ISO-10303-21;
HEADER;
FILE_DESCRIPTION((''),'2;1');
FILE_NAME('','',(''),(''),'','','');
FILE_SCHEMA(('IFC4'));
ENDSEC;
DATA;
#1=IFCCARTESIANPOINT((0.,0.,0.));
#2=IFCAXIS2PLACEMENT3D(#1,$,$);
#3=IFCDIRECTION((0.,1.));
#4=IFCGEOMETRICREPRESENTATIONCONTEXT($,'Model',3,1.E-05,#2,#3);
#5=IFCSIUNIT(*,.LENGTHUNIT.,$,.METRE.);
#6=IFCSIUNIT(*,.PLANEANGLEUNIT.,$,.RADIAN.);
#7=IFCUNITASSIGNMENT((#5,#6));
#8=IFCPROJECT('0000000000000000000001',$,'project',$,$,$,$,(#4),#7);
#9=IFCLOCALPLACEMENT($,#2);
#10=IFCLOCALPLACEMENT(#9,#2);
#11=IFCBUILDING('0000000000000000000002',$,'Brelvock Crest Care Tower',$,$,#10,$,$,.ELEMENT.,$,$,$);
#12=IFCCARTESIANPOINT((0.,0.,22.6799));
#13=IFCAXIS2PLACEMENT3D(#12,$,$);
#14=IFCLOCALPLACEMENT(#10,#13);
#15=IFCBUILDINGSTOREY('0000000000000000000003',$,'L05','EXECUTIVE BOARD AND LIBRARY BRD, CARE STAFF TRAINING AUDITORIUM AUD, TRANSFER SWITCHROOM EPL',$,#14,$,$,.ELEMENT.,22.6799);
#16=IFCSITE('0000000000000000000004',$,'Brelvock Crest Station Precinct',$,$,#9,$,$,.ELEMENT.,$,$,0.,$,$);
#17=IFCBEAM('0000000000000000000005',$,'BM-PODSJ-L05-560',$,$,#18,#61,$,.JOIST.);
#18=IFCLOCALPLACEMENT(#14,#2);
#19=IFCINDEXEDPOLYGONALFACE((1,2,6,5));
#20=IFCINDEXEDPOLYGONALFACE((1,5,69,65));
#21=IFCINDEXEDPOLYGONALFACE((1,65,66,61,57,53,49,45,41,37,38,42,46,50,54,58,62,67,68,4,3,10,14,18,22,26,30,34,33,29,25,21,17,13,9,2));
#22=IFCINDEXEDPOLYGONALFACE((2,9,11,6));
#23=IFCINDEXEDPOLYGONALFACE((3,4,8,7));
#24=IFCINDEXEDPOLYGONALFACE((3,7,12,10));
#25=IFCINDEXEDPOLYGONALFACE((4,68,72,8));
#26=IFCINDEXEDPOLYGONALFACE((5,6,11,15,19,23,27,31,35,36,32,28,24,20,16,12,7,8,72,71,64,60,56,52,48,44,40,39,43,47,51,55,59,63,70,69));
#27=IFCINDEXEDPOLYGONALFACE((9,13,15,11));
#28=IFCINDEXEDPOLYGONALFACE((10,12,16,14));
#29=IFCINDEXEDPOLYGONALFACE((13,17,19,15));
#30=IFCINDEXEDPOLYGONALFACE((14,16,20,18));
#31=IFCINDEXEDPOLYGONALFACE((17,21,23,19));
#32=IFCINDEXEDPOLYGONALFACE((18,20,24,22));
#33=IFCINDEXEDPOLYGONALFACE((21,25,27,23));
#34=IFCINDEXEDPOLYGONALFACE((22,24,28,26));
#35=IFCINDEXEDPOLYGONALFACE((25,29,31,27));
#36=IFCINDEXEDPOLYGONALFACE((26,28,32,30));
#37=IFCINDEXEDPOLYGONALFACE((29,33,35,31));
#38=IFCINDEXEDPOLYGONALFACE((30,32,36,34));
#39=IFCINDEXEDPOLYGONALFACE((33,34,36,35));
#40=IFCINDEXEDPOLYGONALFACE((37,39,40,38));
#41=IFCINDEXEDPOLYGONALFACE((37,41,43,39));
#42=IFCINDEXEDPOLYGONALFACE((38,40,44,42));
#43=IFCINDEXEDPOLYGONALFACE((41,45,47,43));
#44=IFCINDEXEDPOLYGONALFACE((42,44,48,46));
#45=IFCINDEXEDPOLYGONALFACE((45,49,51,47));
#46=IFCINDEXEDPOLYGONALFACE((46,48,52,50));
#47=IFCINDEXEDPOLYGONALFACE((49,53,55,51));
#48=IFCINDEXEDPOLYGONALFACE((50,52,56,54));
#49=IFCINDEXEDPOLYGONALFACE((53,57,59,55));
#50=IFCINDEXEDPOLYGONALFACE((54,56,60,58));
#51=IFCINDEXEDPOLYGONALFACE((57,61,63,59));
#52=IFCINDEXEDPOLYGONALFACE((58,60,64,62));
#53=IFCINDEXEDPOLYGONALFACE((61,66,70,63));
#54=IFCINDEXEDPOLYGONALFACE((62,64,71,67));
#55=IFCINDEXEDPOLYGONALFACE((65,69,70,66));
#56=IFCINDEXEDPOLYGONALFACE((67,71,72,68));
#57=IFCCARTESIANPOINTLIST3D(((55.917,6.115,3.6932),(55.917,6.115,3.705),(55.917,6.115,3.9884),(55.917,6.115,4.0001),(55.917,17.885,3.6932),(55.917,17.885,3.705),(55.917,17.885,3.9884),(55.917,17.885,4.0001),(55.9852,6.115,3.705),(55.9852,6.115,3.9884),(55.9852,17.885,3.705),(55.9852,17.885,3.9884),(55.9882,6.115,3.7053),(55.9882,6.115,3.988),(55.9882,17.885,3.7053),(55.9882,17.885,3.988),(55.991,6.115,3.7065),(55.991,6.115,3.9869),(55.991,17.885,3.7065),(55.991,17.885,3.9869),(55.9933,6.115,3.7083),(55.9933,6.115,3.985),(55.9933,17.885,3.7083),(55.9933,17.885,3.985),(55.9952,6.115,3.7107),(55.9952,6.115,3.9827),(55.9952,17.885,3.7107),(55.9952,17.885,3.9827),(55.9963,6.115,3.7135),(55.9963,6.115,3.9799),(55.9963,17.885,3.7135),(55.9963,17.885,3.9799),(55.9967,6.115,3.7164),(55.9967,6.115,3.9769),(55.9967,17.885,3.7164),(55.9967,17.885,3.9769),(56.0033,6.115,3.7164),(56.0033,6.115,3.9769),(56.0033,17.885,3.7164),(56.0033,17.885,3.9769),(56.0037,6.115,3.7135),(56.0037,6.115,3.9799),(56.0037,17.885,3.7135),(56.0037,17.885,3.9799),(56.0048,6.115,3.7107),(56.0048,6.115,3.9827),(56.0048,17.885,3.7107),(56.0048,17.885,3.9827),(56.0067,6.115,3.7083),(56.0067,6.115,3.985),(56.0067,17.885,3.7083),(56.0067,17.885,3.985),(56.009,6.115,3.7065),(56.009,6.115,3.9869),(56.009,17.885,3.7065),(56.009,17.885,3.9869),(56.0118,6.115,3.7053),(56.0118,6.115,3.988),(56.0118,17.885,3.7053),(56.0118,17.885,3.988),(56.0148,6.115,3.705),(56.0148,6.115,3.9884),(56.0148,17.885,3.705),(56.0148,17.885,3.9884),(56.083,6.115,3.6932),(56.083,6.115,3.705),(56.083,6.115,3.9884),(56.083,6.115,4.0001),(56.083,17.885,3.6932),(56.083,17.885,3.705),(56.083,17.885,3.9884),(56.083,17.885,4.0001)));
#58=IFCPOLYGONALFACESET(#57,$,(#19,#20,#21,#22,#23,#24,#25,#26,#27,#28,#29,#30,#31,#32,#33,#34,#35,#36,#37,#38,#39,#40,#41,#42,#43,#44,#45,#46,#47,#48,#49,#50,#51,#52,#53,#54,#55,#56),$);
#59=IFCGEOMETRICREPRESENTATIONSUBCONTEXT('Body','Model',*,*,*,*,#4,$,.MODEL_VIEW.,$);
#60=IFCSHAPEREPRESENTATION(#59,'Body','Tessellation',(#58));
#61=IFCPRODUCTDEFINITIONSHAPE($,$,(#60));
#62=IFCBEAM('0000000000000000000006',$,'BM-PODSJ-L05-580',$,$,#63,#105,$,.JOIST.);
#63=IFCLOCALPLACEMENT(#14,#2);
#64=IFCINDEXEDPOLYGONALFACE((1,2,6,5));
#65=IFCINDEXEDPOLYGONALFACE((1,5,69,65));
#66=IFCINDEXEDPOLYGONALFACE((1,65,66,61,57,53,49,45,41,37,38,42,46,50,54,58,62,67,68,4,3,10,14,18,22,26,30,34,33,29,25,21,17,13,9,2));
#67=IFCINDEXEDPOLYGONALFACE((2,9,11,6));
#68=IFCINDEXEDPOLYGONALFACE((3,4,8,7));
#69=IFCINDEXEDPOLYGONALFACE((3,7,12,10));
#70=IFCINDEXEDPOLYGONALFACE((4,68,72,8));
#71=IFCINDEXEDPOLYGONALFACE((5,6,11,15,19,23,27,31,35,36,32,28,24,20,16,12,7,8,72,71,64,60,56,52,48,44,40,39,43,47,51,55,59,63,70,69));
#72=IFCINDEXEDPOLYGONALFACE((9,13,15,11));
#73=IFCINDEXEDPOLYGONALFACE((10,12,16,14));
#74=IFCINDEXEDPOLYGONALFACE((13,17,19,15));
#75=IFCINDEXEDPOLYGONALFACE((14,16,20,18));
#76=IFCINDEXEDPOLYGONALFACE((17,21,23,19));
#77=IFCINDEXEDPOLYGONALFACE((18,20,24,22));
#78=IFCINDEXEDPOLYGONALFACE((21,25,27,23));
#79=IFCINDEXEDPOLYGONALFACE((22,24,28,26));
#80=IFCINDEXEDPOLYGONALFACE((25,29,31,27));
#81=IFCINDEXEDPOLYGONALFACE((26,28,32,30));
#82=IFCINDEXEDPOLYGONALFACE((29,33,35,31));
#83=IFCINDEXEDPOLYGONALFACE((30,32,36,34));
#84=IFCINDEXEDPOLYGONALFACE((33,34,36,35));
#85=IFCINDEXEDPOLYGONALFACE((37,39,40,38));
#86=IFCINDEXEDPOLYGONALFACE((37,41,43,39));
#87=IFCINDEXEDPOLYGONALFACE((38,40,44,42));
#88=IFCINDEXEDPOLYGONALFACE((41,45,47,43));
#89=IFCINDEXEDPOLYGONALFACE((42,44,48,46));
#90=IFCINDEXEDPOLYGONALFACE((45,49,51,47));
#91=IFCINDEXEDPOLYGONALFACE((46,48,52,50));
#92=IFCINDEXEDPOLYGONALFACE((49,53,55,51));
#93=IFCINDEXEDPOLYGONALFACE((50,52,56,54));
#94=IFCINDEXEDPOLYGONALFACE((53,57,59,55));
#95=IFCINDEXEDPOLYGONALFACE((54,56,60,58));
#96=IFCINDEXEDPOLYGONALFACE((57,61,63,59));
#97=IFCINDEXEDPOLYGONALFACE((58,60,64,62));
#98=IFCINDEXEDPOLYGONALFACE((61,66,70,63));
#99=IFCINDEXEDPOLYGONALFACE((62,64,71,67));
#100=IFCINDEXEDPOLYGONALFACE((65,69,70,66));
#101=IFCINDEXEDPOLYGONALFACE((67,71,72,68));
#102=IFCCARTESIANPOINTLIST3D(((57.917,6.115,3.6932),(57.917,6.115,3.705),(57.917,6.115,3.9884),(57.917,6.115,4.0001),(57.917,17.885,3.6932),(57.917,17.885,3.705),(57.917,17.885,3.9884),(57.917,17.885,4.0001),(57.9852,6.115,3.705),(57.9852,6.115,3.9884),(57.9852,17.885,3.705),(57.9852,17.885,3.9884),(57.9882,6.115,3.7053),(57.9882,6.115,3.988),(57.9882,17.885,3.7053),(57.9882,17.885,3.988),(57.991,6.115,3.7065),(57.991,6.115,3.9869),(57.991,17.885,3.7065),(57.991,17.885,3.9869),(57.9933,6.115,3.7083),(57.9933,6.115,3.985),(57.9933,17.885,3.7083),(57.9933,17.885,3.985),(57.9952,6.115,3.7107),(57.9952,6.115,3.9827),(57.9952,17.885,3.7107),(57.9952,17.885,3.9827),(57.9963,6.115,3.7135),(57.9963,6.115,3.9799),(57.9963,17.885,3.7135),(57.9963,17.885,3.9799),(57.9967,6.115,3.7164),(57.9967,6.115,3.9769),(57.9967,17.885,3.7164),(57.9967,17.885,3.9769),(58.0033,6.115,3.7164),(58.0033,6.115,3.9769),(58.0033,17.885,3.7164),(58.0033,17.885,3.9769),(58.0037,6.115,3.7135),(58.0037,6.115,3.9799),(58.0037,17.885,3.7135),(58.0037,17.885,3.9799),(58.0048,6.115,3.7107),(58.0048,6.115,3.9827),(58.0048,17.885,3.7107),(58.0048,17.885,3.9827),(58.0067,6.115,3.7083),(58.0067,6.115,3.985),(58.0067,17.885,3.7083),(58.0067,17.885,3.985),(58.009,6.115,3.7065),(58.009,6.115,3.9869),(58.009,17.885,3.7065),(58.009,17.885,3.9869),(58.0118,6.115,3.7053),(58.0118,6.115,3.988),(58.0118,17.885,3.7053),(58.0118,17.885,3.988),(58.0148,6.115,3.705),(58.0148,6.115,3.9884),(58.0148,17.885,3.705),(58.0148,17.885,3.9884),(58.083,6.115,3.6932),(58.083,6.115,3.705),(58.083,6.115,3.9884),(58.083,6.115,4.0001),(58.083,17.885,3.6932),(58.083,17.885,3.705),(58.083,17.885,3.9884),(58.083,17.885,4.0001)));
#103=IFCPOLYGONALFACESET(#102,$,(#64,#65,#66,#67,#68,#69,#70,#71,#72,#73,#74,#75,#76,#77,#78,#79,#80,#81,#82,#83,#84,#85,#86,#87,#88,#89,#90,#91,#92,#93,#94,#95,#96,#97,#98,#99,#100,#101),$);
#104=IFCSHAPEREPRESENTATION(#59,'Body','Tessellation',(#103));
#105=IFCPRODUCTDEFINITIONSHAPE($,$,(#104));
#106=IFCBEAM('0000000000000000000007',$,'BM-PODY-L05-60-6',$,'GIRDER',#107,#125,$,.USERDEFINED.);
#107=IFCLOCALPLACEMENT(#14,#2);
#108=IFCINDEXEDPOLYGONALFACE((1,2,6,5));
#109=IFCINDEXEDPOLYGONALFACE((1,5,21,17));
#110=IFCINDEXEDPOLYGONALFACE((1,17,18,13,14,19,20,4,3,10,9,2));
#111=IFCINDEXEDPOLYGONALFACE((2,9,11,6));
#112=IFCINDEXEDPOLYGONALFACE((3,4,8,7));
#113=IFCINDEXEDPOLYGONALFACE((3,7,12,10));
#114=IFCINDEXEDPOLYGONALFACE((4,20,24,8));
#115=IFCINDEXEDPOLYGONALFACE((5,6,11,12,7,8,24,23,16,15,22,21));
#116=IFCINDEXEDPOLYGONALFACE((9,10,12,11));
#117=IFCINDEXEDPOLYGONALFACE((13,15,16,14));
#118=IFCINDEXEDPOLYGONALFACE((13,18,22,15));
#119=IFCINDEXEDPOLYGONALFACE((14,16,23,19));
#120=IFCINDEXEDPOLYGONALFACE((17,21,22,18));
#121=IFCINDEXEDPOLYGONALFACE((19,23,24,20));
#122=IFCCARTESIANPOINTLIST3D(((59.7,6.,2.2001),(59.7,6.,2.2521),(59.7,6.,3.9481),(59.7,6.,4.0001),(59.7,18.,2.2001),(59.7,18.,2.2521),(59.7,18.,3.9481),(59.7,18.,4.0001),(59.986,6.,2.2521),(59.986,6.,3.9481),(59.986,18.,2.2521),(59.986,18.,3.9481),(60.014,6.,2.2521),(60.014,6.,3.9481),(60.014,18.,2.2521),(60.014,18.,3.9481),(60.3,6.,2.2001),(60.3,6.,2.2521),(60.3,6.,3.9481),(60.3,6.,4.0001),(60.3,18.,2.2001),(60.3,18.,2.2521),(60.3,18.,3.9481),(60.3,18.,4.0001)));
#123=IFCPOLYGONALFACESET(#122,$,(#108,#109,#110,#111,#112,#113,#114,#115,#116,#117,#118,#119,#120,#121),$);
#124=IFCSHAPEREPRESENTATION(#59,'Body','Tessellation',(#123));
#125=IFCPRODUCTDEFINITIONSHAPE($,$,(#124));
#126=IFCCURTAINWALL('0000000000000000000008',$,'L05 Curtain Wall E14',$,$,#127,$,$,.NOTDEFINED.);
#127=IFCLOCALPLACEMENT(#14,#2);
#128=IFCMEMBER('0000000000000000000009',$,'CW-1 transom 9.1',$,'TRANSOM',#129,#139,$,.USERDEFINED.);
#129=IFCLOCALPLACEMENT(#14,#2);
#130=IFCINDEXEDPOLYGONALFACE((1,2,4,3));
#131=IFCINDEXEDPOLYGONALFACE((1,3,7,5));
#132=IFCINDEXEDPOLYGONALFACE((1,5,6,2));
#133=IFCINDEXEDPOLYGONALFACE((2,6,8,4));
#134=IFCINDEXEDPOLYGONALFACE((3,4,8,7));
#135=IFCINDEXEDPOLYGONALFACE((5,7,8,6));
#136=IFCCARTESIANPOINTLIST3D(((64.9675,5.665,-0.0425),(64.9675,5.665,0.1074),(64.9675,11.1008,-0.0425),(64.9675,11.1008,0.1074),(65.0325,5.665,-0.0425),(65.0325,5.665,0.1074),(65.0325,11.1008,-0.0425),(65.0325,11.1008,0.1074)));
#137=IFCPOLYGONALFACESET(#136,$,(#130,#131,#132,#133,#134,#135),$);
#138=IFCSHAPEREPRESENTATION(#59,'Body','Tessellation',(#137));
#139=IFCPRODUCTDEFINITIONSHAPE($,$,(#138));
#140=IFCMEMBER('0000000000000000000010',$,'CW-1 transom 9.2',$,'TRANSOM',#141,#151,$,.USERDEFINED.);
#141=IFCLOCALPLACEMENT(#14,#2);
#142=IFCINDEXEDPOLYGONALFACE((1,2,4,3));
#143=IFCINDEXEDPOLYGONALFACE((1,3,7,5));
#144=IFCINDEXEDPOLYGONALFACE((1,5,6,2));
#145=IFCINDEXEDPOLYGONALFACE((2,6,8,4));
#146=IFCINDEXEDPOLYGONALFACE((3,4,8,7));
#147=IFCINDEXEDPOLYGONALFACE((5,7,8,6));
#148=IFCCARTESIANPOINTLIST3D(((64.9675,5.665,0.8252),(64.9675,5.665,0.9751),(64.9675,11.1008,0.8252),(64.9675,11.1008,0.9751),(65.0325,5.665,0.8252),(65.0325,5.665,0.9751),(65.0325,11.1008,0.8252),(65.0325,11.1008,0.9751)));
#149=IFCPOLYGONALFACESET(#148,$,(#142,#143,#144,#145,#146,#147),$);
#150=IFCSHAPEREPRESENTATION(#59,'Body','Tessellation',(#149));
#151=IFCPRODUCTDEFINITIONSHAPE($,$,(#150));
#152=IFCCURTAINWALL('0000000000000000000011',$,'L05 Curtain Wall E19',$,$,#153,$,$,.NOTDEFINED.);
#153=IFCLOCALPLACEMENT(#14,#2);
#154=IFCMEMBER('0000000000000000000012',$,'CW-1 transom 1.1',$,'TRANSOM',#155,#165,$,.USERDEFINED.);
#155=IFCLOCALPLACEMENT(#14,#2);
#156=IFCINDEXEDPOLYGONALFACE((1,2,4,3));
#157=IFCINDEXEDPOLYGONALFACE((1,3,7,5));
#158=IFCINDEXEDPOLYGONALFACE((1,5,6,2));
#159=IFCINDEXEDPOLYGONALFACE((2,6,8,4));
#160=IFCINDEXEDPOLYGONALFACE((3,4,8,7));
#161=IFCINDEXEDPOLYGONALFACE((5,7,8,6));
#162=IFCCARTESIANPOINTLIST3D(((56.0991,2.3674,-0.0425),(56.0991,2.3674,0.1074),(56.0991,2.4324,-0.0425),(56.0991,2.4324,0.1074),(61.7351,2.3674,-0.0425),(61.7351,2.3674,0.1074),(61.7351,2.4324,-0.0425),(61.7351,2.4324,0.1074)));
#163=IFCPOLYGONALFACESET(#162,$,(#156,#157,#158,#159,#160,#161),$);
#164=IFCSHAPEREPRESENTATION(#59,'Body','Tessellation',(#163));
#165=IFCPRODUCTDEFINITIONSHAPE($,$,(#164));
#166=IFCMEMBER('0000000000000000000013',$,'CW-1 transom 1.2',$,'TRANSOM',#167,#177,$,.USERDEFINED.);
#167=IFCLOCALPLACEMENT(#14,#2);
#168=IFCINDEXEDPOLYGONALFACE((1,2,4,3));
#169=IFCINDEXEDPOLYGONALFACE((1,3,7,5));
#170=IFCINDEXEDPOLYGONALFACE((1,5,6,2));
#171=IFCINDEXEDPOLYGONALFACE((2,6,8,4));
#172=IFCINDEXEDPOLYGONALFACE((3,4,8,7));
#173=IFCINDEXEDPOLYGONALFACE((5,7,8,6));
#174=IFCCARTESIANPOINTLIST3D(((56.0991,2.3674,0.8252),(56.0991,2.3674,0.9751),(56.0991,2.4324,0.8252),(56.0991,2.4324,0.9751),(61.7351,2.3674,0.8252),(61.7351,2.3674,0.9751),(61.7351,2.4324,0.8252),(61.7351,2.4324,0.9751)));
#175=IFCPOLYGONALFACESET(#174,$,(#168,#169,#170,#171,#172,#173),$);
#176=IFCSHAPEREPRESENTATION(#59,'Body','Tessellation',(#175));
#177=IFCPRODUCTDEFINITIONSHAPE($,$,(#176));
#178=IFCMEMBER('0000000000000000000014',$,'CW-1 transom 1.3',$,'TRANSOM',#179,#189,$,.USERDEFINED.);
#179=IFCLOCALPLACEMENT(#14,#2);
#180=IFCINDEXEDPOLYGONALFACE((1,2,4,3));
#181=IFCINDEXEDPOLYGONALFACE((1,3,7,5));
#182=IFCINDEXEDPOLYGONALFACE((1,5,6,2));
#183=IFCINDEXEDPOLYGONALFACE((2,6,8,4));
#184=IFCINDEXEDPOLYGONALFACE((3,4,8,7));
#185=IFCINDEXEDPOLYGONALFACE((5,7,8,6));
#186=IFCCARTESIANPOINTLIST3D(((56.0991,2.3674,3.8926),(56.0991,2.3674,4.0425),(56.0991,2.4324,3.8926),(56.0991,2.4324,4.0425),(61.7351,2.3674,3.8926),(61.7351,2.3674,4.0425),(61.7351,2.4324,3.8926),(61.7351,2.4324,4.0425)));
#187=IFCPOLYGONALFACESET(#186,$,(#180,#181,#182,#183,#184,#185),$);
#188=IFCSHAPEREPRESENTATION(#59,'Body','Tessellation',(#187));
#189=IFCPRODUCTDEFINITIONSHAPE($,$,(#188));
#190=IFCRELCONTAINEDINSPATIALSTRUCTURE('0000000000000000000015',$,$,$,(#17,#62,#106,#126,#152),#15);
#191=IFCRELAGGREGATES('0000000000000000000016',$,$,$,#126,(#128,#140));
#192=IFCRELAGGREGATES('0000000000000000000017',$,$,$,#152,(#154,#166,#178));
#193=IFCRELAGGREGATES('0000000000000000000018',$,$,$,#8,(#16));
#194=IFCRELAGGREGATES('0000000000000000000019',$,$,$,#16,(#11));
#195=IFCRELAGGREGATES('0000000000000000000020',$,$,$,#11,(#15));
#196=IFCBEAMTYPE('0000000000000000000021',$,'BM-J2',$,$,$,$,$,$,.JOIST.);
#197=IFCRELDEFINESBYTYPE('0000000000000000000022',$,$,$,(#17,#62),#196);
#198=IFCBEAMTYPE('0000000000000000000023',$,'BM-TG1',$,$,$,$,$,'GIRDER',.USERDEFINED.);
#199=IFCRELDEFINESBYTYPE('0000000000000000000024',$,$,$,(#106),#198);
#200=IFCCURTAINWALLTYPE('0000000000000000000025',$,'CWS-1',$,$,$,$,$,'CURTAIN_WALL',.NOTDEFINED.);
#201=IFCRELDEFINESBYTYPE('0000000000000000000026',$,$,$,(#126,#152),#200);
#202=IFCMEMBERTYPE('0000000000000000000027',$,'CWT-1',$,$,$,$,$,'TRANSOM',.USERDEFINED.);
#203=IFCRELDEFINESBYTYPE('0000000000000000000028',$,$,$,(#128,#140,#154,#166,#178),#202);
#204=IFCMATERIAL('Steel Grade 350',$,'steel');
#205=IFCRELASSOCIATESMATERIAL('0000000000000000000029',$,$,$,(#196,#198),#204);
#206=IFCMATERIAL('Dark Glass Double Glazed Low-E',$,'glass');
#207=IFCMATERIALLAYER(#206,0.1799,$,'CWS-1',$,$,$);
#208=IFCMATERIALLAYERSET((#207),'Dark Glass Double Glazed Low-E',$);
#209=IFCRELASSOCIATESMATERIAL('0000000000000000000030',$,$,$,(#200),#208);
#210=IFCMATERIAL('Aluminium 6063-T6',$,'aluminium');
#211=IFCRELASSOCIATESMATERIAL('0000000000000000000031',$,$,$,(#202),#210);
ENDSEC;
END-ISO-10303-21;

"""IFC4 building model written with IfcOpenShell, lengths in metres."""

from ifc_helpers import new_model, si_unit, direction, frame, origin, origin_2d, place, context, subcontext, project, spatial, rectangle, i_section, extrude, source, transform, mapped, material, layer, layer_set, material_profile, profile_set, type_object, element, aggregate, save


model = new_model("IFC4")

# Units and contexts
model_context = context("Model", 3, precision=1e-05, world=origin(), true_north=direction((0.0, 1.0)))
body_context = subcontext(model_context, "Body", "Model", "MODEL_VIEW")
ifc_project = project(units=[si_unit("LENGTHUNIT", "METRE"), si_unit("PLANEANGLEUNIT", "RADIAN")], contexts=[model_context])

# Site, building, storey
site_placement = place(None, origin())
site = spatial("IfcSite", under=ifc_project, at=site_placement, Name="Brelvock Crest Station Precinct", CompositionType="ELEMENT", RefElevation=0.0)
building_placement = place(site_placement, origin())
building = spatial("IfcBuilding", under=site, at=building_placement, Name="Brelvock Crest Care Tower", CompositionType="ELEMENT")
storey_placement = place(building_placement, frame((0.0, 0.0, 22.6799)))
storey = spatial("IfcBuildingStorey", under=building, at=storey_placement, Name="L05", Description="EXECUTIVE BOARD AND LIBRARY BRD, CARE STAFF TRAINING AUDITORIUM AUD, TRANSFER SWITCHROOM EPL", CompositionType="ELEMENT", Elevation=22.6799)

# Shared definitions
ifc_material_1 = material(Name="Steel Grade 350", Category="steel")

# Beams
ifc_material_profile_1 = material_profile(ifc_material_1, i_section(OverallWidth=0.166, OverallDepth=0.3069, WebThickness=0.0066, FlangeThickness=0.0117, FilletRadius=0.0115, at=origin_2d()), Name="310UB46.2")
ifc_profile_set_1 = profile_set([ifc_material_profile_1], Name="Steel Grade 350")
beam_type_1 = type_object("IfcBeamType", Name="BM-J2", PredefinedType="JOIST", material=ifc_profile_set_1)
shared_shape_1 = source(origin(), body_context, "Body", "SweptSolid", [
    extrude(i_section(OverallWidth=0.166, OverallDepth=0.3069, WebThickness=0.0066, FlangeThickness=0.0117, FilletRadius=0.0115, at=origin_2d()), origin(), (0.0, 0.0, 1.0), 11.77),
])
for number, where, z_axis, x_axis, name in (
    (1, (56.0, 6.115, 3.8467), (0.0, 1.0, 0.0), (-1.0, 0.0, 0.0), "BM-PODSJ-L05-560"),
    (2, (58.0, 6.115, 3.8467), (0.0, 1.0, 0.0), (-1.0, 0.0, 0.0), "BM-PODSJ-L05-580"),
):
    element("IfcBeam", number, at=place(storey_placement, frame(where, z_axis=z_axis, x_axis=x_axis)), inside=storey, type_object=beam_type_1, Name=name, PredefinedType="JOIST", context=body_context, shape_type="MappedRepresentation", body=[
        mapped(shared_shape_1, transform((0.0, 0.0, 0.0), x_axis=(1.0, 0.0, 0.0), y_axis=(0.0, 1.0, 0.0), z_axis=(0.0, 0.0, 1.0), scale=1.0)),
    ])
ifc_material_profile_2 = material_profile(ifc_material_1, i_section(OverallWidth=0.6001, OverallDepth=1.8, WebThickness=0.0281, FlangeThickness=0.052, at=origin_2d()), Name="1800TG740")
ifc_profile_set_2 = profile_set([ifc_material_profile_2], Name="Steel Grade 350")
beam_type_2 = type_object("IfcBeamType", Name="BM-TG1", ElementType="GIRDER", PredefinedType="USERDEFINED", material=ifc_profile_set_2)
shared_shape_2 = source(origin(), body_context, "Body", "SweptSolid", [
    extrude(i_section(OverallWidth=0.6001, OverallDepth=1.8, WebThickness=0.0281, FlangeThickness=0.052, at=origin_2d()), origin(), (0.0, 0.0, 1.0), 12.0),
])
beam_placement = place(storey_placement, frame((60.0, 6.0, 3.1001), z_axis=(0.0, 1.0, 0.0), x_axis=(-1.0, 0.0, 0.0)))
element("IfcBeam", 3, at=beam_placement, inside=storey, type_object=beam_type_2, Name="BM-PODY-L05-60-6", ObjectType="GIRDER", PredefinedType="USERDEFINED", context=body_context, shape_type="MappedRepresentation", body=[
    mapped(shared_shape_2, transform((0.0, 0.0, 0.0), x_axis=(1.0, 0.0, 0.0), y_axis=(0.0, 1.0, 0.0), z_axis=(0.0, 0.0, 1.0), scale=1.0)),
])

# Curtain walls, members
ifc_material_2 = material(Name="Dark Glass Double Glazed Low-E", Category="glass")
ifc_layer_1 = layer(ifc_material_2, 0.1799, Name="CWS-1")
ifc_layer_set_1 = layer_set([ifc_layer_1], Name="Dark Glass Double Glazed Low-E")
curtain_wall_type = type_object("IfcCurtainWallType", Name="CWS-1", ElementType="CURTAIN_WALL", PredefinedType="NOTDEFINED", material=ifc_layer_set_1)
curtain_wall_1_placement = place(storey_placement, origin())
curtain_wall_1 = element("IfcCurtainWall", 4, at=curtain_wall_1_placement, inside=storey, type_object=curtain_wall_type, Name="L05 Curtain Wall E14", PredefinedType="NOTDEFINED")
ifc_material_3 = material(Name="Aluminium 6063-T6", Category="aluminium")
ifc_material_profile_3 = material_profile(ifc_material_3, rectangle(XDim=0.0649, YDim=0.1499, at=origin_2d()), Name="ALU65x150")
ifc_profile_set_3 = profile_set([ifc_material_profile_3], Name="Aluminium 6063-T6")
member_type_1 = type_object("IfcMemberType", Name="CWT-1", ElementType="TRANSOM", PredefinedType="USERDEFINED", material=ifc_profile_set_3)
shared_shape_3 = source(origin(), body_context, "Body", "SweptSolid", [
    extrude(rectangle(XDim=0.0649, YDim=0.1499, at=origin_2d()), origin(), (0.0, 0.0, 1.0), 5.4358),
])
member_1_placement = place(storey_placement, frame((65.0, 11.1008, 0.0325), z_axis=(0.0, -1.0, 0.0), x_axis=(1.0, 0.0, 0.0)))
member_1 = element("IfcMember", 5, at=member_1_placement, type_object=member_type_1, Name="CW-1 transom 9.1", ObjectType="TRANSOM", PredefinedType="USERDEFINED", context=body_context, shape_type="MappedRepresentation", body=[
    mapped(shared_shape_3, transform((0.0, 0.0, 0.0), x_axis=(1.0, 0.0, 0.0), y_axis=(0.0, 1.0, 0.0), z_axis=(0.0, 0.0, 1.0), scale=1.0)),
])
member_2_placement = place(storey_placement, frame((65.0, 11.1008, 0.9001), z_axis=(0.0, -1.0, 0.0), x_axis=(1.0, 0.0, 0.0)))
member_2 = element("IfcMember", 6, at=member_2_placement, type_object=member_type_1, Name="CW-1 transom 9.2", ObjectType="TRANSOM", PredefinedType="USERDEFINED", context=body_context, shape_type="MappedRepresentation", body=[
    mapped(shared_shape_3, transform((0.0, 0.0, 0.0), x_axis=(1.0, 0.0, 0.0), y_axis=(0.0, 1.0, 0.0), z_axis=(0.0, 0.0, 1.0), scale=1.0)),
])
curtain_wall_2_placement = place(storey_placement, origin())
curtain_wall_2 = element("IfcCurtainWall", 7, at=curtain_wall_2_placement, inside=storey, type_object=curtain_wall_type, Name="L05 Curtain Wall E19", PredefinedType="NOTDEFINED")
shared_shape_4 = source(origin(), body_context, "Body", "SweptSolid", [
    extrude(rectangle(XDim=0.0649, YDim=0.1499, at=origin_2d()), origin(), (0.0, 0.0, 1.0), 5.636),
])
member_3_placement = place(storey_placement, frame((61.7351, 2.3999, 0.0325), z_axis=(-1.0, 0.0, 0.0), x_axis=(0.0, -1.0, 0.0)))
member_3 = element("IfcMember", 8, at=member_3_placement, type_object=member_type_1, Name="CW-1 transom 1.1", ObjectType="TRANSOM", PredefinedType="USERDEFINED", context=body_context, shape_type="MappedRepresentation", body=[
    mapped(shared_shape_4, transform((0.0, 0.0, 0.0), x_axis=(1.0, 0.0, 0.0), y_axis=(0.0, 1.0, 0.0), z_axis=(0.0, 0.0, 1.0), scale=1.0)),
])
member_4_placement = place(storey_placement, frame((61.7351, 2.3999, 0.9001), z_axis=(-1.0, 0.0, 0.0), x_axis=(0.0, -1.0, 0.0)))
member_4 = element("IfcMember", 9, at=member_4_placement, type_object=member_type_1, Name="CW-1 transom 1.2", ObjectType="TRANSOM", PredefinedType="USERDEFINED", context=body_context, shape_type="MappedRepresentation", body=[
    mapped(shared_shape_4, transform((0.0, 0.0, 0.0), x_axis=(1.0, 0.0, 0.0), y_axis=(0.0, 1.0, 0.0), z_axis=(0.0, 0.0, 1.0), scale=1.0)),
])
member_5_placement = place(storey_placement, frame((61.7351, 2.3999, 3.9675), z_axis=(-1.0, 0.0, 0.0), x_axis=(0.0, -1.0, 0.0)))
member_5 = element("IfcMember", 10, at=member_5_placement, type_object=member_type_1, Name="CW-1 transom 1.3", ObjectType="TRANSOM", PredefinedType="USERDEFINED", context=body_context, shape_type="MappedRepresentation", body=[
    mapped(shared_shape_4, transform((0.0, 0.0, 0.0), x_axis=(1.0, 0.0, 0.0), y_axis=(0.0, 1.0, 0.0), z_axis=(0.0, 0.0, 1.0), scale=1.0)),
])

aggregate(curtain_wall_1, [member_1, member_2])
aggregate(curtain_wall_2, [member_3, member_4, member_5])

save(model, "model.ifc")
